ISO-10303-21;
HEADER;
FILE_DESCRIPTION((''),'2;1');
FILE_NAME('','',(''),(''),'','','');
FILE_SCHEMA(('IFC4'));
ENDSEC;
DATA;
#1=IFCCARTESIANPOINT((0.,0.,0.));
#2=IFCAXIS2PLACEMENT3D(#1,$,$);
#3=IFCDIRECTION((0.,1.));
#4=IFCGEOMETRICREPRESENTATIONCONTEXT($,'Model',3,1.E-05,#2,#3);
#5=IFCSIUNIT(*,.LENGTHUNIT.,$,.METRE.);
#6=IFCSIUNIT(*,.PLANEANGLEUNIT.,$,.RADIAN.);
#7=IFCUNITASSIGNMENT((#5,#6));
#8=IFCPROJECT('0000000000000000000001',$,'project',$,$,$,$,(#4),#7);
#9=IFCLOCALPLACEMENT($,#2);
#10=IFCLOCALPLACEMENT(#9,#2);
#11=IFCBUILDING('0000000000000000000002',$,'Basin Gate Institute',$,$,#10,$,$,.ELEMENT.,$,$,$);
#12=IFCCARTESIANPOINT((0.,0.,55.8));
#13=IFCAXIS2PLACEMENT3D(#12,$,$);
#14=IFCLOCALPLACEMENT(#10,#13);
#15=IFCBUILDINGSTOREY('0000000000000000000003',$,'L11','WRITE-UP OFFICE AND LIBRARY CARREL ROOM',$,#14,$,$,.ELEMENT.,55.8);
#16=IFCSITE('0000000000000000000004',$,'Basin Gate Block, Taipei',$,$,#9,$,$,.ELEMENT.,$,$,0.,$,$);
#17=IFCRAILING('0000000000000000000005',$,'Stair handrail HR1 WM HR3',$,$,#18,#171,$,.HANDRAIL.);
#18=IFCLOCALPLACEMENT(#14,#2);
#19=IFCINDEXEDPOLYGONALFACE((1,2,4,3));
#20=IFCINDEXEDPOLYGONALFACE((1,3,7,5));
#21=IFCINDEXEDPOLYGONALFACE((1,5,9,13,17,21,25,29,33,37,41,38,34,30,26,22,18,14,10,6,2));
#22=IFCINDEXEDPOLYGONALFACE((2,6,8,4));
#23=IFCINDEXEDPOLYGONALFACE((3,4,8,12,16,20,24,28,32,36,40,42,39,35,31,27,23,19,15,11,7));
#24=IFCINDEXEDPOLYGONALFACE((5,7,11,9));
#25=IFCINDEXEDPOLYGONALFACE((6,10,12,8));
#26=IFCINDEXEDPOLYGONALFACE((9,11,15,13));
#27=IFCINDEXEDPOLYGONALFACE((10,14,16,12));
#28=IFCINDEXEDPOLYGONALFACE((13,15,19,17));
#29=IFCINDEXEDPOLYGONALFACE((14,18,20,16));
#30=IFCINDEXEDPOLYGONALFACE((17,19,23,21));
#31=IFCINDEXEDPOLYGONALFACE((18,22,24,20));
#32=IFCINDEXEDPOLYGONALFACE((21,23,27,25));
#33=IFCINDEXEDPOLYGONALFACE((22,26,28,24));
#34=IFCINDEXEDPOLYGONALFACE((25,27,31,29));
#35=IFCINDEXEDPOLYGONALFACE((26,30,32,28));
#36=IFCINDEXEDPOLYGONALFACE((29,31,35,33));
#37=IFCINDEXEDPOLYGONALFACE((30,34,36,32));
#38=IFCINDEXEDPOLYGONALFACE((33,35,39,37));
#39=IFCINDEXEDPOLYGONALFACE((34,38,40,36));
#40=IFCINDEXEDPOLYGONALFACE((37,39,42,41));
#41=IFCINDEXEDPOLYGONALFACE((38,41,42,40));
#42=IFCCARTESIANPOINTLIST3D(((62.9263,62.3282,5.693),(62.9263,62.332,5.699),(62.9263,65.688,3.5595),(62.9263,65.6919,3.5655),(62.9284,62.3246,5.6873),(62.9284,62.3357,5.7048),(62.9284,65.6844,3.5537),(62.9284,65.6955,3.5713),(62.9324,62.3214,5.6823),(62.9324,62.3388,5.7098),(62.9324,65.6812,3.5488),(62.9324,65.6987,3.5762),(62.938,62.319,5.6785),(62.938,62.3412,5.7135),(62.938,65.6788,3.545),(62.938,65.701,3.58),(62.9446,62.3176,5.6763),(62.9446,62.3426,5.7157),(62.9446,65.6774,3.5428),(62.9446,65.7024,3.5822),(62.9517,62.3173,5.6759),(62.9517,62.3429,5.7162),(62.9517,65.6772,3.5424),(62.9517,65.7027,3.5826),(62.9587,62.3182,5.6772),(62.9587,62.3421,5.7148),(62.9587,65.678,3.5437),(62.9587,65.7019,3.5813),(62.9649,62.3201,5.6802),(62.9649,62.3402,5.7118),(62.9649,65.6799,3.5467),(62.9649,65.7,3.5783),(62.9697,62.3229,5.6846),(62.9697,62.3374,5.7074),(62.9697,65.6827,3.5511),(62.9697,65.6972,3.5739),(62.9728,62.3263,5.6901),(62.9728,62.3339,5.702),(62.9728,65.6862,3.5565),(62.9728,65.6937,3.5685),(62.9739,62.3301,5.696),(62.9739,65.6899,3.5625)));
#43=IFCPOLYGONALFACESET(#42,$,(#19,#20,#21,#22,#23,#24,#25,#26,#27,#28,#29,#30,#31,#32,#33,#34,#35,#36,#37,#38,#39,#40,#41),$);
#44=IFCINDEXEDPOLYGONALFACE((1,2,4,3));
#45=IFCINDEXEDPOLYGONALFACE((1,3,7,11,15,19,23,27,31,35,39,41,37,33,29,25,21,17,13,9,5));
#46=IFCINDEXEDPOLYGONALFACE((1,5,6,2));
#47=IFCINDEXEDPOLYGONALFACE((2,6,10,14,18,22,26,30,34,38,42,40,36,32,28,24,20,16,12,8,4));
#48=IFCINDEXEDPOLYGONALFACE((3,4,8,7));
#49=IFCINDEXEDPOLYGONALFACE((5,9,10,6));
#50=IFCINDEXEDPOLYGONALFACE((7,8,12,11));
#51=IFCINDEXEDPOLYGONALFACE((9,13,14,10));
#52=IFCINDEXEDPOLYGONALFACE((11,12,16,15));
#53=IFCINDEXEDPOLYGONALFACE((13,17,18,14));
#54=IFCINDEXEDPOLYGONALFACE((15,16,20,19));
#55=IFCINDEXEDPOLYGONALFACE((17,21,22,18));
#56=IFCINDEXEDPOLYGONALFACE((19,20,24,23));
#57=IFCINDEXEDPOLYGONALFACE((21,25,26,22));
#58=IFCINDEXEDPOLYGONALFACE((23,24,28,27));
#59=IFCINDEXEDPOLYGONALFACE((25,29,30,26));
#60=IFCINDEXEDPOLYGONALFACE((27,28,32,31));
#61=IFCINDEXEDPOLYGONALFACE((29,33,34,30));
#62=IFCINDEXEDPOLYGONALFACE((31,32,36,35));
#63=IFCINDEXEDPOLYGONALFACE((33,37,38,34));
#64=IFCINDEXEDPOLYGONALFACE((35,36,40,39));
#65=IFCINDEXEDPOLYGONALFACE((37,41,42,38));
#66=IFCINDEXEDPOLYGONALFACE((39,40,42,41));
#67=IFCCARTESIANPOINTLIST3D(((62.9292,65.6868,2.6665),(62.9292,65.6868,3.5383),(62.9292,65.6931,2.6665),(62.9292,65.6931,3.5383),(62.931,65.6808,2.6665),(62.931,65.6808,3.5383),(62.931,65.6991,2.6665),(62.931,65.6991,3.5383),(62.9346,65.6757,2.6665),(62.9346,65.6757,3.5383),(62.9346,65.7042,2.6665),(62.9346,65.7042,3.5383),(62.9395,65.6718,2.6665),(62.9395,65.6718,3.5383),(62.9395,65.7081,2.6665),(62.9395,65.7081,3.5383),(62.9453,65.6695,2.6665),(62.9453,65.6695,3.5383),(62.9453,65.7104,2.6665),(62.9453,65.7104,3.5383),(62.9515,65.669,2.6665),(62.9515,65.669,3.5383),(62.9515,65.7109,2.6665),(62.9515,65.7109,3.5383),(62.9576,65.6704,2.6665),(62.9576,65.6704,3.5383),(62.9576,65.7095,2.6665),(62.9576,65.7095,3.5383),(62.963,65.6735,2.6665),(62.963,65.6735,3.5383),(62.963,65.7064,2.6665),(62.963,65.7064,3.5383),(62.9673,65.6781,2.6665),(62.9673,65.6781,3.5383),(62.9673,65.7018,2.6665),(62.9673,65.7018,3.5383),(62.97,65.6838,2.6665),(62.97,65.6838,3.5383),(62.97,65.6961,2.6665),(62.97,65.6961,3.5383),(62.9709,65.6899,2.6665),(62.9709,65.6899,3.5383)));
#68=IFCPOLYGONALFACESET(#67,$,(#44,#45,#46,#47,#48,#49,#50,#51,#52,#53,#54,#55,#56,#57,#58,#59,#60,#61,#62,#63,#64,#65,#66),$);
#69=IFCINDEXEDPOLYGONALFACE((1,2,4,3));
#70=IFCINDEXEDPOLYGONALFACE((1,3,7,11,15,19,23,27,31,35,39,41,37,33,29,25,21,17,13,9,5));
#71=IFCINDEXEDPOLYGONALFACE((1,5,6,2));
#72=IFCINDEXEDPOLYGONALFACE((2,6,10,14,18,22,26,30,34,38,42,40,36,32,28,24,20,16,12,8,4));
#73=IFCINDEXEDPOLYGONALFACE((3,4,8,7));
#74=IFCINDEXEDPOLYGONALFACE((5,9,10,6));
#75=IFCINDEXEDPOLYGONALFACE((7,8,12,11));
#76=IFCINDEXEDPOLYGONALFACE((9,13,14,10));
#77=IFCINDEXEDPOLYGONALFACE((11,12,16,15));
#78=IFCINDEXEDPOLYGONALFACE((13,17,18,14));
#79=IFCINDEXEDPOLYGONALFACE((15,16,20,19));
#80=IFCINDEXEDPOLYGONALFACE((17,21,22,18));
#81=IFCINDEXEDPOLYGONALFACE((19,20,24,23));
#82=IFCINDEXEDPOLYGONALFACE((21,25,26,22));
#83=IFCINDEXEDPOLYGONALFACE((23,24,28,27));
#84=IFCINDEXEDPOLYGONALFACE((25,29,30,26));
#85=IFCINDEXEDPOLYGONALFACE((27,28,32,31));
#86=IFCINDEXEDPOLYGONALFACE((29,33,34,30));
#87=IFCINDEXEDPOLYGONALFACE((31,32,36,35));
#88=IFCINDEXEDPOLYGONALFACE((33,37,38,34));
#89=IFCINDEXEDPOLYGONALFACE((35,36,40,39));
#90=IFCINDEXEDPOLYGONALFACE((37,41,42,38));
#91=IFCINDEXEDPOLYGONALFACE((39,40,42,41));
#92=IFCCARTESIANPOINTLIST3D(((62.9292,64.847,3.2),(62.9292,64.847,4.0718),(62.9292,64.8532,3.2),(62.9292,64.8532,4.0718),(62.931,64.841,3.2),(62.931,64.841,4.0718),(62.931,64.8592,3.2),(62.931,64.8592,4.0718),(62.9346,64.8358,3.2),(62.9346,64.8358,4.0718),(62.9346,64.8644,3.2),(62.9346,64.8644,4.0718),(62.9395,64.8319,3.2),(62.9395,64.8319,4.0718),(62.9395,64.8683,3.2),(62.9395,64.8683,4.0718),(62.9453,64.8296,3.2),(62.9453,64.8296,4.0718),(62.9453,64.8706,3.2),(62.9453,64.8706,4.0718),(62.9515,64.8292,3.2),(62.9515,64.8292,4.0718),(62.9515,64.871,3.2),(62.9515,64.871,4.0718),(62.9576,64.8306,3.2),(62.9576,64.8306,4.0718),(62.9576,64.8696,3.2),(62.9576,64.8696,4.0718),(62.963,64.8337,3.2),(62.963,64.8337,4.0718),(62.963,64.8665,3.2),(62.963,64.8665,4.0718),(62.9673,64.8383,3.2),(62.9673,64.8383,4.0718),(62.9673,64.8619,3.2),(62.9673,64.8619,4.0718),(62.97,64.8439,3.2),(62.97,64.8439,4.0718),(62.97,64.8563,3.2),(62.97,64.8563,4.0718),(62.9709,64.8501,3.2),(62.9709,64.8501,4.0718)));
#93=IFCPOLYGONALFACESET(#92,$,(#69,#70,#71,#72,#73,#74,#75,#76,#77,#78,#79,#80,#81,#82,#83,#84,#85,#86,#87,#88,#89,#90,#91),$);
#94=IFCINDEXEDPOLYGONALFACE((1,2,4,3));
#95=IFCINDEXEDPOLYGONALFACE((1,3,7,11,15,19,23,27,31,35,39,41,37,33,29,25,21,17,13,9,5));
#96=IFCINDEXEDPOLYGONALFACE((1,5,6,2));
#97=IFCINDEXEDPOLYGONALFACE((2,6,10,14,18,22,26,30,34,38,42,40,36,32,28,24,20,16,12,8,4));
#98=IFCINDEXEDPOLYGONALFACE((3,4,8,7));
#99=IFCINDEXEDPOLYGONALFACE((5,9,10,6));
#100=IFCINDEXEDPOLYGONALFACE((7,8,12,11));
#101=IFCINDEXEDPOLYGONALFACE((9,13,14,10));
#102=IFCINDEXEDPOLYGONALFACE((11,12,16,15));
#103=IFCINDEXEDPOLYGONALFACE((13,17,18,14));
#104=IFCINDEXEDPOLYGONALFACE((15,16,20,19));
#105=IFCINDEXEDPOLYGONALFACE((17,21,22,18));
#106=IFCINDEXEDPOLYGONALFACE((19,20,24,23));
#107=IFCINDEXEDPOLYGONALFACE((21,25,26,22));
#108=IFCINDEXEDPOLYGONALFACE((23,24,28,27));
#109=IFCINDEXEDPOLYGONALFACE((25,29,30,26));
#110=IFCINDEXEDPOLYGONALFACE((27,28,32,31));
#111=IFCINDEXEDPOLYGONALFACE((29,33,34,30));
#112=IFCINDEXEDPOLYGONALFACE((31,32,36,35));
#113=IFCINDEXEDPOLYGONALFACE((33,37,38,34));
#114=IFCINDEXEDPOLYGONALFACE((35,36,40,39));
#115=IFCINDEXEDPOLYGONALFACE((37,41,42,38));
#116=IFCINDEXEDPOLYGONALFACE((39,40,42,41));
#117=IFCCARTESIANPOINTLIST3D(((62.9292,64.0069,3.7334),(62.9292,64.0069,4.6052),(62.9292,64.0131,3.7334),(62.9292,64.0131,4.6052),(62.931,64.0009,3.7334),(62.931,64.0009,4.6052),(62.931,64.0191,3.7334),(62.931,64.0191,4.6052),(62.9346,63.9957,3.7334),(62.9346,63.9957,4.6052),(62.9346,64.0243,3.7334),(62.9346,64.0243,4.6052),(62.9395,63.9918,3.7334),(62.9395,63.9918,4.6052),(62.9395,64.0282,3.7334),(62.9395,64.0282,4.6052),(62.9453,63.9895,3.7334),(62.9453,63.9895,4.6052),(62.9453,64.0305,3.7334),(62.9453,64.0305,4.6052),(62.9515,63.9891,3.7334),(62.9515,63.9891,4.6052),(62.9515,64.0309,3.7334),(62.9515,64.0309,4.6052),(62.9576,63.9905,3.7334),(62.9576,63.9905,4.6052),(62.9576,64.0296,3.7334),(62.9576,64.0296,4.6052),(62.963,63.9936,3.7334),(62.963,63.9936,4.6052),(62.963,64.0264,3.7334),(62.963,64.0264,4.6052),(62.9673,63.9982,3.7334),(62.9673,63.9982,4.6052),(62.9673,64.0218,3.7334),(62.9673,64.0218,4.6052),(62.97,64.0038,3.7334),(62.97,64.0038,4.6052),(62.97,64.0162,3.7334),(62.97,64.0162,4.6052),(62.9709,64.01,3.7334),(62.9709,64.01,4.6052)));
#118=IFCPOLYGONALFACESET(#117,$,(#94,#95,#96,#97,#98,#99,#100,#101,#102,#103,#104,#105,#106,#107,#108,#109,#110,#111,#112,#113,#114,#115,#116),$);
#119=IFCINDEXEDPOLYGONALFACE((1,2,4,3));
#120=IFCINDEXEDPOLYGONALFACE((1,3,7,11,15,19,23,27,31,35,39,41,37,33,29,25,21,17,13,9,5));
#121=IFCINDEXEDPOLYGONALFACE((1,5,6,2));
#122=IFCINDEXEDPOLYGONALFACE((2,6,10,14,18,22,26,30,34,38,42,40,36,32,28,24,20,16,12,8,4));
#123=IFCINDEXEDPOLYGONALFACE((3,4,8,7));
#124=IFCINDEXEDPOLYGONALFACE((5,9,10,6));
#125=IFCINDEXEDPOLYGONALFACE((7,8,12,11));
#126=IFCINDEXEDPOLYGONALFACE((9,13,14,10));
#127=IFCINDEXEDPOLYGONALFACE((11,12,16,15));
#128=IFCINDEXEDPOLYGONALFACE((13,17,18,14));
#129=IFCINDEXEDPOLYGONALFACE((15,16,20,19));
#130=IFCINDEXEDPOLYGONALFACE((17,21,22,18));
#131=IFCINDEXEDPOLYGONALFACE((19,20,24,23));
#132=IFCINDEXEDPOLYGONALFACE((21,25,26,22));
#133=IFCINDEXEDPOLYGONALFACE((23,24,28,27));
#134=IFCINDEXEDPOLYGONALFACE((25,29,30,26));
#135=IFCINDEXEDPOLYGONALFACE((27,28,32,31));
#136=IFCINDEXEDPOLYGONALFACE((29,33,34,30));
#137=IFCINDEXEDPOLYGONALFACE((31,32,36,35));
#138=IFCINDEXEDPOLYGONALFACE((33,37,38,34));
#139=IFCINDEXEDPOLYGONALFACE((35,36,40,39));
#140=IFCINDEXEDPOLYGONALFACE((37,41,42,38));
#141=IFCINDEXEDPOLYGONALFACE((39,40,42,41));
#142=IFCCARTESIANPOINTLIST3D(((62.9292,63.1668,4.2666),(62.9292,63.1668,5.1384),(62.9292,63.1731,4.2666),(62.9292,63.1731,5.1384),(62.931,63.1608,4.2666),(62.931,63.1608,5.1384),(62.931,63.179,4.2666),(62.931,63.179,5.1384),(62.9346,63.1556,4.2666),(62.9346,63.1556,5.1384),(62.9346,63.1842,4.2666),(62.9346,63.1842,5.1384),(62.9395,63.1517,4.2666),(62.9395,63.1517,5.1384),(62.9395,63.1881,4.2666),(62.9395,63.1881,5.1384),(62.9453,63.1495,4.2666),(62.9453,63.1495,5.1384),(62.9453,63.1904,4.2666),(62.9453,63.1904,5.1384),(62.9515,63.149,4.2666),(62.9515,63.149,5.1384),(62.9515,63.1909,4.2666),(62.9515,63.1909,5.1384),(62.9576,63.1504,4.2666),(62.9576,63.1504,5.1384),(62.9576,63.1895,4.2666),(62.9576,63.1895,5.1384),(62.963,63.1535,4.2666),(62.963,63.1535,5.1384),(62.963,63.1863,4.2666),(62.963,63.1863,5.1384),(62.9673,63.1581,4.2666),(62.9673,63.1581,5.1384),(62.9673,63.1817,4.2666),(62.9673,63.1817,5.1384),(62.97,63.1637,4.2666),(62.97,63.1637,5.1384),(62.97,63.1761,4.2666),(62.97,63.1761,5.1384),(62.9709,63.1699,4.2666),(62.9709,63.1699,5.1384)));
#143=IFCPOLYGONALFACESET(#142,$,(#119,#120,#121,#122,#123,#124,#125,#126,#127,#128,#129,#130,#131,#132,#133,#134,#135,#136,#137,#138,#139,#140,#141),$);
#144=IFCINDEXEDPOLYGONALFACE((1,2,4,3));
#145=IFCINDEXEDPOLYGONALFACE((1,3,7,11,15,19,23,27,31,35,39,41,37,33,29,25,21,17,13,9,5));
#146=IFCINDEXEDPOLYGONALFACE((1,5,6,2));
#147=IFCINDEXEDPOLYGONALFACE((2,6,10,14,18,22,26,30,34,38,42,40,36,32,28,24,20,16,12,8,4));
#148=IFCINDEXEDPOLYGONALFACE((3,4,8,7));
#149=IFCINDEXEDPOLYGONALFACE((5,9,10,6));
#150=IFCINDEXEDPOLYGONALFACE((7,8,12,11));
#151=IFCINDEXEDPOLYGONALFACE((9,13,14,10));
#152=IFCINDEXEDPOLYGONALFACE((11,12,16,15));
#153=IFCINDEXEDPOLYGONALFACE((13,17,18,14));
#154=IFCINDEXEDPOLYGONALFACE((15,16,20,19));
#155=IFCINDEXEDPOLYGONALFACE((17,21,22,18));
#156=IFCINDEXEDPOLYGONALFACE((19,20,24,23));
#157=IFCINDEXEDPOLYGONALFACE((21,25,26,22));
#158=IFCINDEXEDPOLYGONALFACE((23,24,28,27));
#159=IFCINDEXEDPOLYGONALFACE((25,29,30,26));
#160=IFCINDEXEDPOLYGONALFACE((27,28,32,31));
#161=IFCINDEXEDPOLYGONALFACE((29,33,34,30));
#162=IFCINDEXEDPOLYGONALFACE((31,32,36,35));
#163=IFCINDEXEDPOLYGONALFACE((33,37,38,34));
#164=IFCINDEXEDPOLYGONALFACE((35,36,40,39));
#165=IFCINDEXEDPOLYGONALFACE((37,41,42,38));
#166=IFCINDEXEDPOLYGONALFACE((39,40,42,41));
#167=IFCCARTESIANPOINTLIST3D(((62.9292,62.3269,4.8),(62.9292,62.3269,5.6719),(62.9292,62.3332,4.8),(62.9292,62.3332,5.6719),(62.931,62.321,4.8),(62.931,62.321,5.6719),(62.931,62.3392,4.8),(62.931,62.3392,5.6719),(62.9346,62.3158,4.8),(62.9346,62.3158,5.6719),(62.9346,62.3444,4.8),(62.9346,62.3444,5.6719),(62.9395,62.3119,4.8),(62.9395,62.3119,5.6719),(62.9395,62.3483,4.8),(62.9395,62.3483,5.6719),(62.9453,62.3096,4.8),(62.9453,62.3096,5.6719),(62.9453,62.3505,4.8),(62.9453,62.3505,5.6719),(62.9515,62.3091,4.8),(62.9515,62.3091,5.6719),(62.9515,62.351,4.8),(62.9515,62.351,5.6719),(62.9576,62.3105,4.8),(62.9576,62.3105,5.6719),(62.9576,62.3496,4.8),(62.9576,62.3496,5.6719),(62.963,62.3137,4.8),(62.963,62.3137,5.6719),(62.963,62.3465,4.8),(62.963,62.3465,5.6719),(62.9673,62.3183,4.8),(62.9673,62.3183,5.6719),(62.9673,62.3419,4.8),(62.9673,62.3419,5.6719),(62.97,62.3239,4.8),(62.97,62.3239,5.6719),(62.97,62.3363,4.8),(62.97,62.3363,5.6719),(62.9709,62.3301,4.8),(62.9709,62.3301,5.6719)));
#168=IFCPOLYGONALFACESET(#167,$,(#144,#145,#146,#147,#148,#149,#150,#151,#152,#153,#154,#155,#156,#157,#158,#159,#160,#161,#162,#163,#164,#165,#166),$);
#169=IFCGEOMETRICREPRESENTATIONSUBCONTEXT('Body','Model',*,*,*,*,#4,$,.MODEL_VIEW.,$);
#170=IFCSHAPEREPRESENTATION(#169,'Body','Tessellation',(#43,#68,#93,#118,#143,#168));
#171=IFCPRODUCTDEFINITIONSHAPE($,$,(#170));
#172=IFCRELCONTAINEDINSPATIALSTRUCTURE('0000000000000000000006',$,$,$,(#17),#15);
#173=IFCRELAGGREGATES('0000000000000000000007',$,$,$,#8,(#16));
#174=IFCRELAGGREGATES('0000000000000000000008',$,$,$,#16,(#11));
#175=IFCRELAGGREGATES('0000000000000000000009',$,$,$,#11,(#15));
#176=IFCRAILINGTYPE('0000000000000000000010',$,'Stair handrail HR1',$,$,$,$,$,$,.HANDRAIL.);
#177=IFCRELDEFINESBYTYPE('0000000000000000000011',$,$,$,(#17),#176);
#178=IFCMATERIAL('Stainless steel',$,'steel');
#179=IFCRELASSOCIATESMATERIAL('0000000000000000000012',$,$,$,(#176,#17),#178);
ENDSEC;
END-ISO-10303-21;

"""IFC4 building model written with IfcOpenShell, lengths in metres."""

from ifc_helpers import new_model, si_unit, direction, frame, origin, origin_2d, place, context, subcontext, project, spatial, circle, extrude, material, type_object, element, save


model = new_model("IFC4")

# Units and contexts
model_context = context("Model", 3, precision=1e-05, world=origin(), true_north=direction((0.0, 1.0)))
body_context = subcontext(model_context, "Body", "Model", "MODEL_VIEW")
ifc_project = project(units=[si_unit("LENGTHUNIT", "METRE"), si_unit("PLANEANGLEUNIT", "RADIAN")], contexts=[model_context])

# Site, building, storey
site_placement = place(None, origin())
site = spatial("IfcSite", under=ifc_project, at=site_placement, Name="Basin Gate Block, Taipei", CompositionType="ELEMENT", RefElevation=0.0)
building_placement = place(site_placement, origin())
building = spatial("IfcBuilding", under=site, at=building_placement, Name="Basin Gate Institute", CompositionType="ELEMENT")
storey_placement = place(building_placement, frame((0.0, 0.0, 55.8)))
storey = spatial("IfcBuildingStorey", under=building, at=storey_placement, Name="L11", Description="WRITE-UP OFFICE AND LIBRARY CARREL ROOM", CompositionType="ELEMENT", Elevation=55.8)

# Railing
ifc_material_1 = material(Name="Stainless steel", Category="steel")
railing_type_1 = type_object("IfcRailingType", Name="Stair handrail HR1", PredefinedType="HANDRAIL", material=ifc_material_1)
railing_1_placement = place(storey_placement, frame((62.95, 65.6899, 2.6665)))
element("IfcRailing", 1, at=railing_1_placement, inside=storey, type_object=railing_type_1, material=ifc_material_1, Name="Stair handrail HR1 WM HR3", PredefinedType="HANDRAIL", context=body_context, shape_type="SweptSolid", body=[
    extrude(circle(Radius=0.0239, at=origin_2d()), frame((0.0, 0.0, 0.896), z_axis=(0.0, -0.844179, 0.536062), x_axis=(1.0, 0.0, 0.0)), (0.0, 0.0, 1.0), 3.98),
    extrude(circle(Radius=0.021, at=origin_2d()), origin(), (0.0, 0.0, 1.0), 0.8718),
    extrude(circle(Radius=0.021, at=origin_2d()), frame((0.0, -0.8398, 0.5334)), (0.0, 0.0, 1.0), 0.8718),
    extrude(circle(Radius=0.021, at=origin_2d()), frame((0.0, -1.6799, 1.0669)), (0.0, 0.0, 1.0), 0.8718),
    extrude(circle(Radius=0.021, at=origin_2d()), frame((0.0, -2.52, 1.6001)), (0.0, 0.0, 1.0), 0.8718),
    extrude(circle(Radius=0.021, at=origin_2d()), frame((0.0, -3.3599, 2.1335)), (0.0, 0.0, 1.0), 0.8718),
])

save(model, "model.ifc")
